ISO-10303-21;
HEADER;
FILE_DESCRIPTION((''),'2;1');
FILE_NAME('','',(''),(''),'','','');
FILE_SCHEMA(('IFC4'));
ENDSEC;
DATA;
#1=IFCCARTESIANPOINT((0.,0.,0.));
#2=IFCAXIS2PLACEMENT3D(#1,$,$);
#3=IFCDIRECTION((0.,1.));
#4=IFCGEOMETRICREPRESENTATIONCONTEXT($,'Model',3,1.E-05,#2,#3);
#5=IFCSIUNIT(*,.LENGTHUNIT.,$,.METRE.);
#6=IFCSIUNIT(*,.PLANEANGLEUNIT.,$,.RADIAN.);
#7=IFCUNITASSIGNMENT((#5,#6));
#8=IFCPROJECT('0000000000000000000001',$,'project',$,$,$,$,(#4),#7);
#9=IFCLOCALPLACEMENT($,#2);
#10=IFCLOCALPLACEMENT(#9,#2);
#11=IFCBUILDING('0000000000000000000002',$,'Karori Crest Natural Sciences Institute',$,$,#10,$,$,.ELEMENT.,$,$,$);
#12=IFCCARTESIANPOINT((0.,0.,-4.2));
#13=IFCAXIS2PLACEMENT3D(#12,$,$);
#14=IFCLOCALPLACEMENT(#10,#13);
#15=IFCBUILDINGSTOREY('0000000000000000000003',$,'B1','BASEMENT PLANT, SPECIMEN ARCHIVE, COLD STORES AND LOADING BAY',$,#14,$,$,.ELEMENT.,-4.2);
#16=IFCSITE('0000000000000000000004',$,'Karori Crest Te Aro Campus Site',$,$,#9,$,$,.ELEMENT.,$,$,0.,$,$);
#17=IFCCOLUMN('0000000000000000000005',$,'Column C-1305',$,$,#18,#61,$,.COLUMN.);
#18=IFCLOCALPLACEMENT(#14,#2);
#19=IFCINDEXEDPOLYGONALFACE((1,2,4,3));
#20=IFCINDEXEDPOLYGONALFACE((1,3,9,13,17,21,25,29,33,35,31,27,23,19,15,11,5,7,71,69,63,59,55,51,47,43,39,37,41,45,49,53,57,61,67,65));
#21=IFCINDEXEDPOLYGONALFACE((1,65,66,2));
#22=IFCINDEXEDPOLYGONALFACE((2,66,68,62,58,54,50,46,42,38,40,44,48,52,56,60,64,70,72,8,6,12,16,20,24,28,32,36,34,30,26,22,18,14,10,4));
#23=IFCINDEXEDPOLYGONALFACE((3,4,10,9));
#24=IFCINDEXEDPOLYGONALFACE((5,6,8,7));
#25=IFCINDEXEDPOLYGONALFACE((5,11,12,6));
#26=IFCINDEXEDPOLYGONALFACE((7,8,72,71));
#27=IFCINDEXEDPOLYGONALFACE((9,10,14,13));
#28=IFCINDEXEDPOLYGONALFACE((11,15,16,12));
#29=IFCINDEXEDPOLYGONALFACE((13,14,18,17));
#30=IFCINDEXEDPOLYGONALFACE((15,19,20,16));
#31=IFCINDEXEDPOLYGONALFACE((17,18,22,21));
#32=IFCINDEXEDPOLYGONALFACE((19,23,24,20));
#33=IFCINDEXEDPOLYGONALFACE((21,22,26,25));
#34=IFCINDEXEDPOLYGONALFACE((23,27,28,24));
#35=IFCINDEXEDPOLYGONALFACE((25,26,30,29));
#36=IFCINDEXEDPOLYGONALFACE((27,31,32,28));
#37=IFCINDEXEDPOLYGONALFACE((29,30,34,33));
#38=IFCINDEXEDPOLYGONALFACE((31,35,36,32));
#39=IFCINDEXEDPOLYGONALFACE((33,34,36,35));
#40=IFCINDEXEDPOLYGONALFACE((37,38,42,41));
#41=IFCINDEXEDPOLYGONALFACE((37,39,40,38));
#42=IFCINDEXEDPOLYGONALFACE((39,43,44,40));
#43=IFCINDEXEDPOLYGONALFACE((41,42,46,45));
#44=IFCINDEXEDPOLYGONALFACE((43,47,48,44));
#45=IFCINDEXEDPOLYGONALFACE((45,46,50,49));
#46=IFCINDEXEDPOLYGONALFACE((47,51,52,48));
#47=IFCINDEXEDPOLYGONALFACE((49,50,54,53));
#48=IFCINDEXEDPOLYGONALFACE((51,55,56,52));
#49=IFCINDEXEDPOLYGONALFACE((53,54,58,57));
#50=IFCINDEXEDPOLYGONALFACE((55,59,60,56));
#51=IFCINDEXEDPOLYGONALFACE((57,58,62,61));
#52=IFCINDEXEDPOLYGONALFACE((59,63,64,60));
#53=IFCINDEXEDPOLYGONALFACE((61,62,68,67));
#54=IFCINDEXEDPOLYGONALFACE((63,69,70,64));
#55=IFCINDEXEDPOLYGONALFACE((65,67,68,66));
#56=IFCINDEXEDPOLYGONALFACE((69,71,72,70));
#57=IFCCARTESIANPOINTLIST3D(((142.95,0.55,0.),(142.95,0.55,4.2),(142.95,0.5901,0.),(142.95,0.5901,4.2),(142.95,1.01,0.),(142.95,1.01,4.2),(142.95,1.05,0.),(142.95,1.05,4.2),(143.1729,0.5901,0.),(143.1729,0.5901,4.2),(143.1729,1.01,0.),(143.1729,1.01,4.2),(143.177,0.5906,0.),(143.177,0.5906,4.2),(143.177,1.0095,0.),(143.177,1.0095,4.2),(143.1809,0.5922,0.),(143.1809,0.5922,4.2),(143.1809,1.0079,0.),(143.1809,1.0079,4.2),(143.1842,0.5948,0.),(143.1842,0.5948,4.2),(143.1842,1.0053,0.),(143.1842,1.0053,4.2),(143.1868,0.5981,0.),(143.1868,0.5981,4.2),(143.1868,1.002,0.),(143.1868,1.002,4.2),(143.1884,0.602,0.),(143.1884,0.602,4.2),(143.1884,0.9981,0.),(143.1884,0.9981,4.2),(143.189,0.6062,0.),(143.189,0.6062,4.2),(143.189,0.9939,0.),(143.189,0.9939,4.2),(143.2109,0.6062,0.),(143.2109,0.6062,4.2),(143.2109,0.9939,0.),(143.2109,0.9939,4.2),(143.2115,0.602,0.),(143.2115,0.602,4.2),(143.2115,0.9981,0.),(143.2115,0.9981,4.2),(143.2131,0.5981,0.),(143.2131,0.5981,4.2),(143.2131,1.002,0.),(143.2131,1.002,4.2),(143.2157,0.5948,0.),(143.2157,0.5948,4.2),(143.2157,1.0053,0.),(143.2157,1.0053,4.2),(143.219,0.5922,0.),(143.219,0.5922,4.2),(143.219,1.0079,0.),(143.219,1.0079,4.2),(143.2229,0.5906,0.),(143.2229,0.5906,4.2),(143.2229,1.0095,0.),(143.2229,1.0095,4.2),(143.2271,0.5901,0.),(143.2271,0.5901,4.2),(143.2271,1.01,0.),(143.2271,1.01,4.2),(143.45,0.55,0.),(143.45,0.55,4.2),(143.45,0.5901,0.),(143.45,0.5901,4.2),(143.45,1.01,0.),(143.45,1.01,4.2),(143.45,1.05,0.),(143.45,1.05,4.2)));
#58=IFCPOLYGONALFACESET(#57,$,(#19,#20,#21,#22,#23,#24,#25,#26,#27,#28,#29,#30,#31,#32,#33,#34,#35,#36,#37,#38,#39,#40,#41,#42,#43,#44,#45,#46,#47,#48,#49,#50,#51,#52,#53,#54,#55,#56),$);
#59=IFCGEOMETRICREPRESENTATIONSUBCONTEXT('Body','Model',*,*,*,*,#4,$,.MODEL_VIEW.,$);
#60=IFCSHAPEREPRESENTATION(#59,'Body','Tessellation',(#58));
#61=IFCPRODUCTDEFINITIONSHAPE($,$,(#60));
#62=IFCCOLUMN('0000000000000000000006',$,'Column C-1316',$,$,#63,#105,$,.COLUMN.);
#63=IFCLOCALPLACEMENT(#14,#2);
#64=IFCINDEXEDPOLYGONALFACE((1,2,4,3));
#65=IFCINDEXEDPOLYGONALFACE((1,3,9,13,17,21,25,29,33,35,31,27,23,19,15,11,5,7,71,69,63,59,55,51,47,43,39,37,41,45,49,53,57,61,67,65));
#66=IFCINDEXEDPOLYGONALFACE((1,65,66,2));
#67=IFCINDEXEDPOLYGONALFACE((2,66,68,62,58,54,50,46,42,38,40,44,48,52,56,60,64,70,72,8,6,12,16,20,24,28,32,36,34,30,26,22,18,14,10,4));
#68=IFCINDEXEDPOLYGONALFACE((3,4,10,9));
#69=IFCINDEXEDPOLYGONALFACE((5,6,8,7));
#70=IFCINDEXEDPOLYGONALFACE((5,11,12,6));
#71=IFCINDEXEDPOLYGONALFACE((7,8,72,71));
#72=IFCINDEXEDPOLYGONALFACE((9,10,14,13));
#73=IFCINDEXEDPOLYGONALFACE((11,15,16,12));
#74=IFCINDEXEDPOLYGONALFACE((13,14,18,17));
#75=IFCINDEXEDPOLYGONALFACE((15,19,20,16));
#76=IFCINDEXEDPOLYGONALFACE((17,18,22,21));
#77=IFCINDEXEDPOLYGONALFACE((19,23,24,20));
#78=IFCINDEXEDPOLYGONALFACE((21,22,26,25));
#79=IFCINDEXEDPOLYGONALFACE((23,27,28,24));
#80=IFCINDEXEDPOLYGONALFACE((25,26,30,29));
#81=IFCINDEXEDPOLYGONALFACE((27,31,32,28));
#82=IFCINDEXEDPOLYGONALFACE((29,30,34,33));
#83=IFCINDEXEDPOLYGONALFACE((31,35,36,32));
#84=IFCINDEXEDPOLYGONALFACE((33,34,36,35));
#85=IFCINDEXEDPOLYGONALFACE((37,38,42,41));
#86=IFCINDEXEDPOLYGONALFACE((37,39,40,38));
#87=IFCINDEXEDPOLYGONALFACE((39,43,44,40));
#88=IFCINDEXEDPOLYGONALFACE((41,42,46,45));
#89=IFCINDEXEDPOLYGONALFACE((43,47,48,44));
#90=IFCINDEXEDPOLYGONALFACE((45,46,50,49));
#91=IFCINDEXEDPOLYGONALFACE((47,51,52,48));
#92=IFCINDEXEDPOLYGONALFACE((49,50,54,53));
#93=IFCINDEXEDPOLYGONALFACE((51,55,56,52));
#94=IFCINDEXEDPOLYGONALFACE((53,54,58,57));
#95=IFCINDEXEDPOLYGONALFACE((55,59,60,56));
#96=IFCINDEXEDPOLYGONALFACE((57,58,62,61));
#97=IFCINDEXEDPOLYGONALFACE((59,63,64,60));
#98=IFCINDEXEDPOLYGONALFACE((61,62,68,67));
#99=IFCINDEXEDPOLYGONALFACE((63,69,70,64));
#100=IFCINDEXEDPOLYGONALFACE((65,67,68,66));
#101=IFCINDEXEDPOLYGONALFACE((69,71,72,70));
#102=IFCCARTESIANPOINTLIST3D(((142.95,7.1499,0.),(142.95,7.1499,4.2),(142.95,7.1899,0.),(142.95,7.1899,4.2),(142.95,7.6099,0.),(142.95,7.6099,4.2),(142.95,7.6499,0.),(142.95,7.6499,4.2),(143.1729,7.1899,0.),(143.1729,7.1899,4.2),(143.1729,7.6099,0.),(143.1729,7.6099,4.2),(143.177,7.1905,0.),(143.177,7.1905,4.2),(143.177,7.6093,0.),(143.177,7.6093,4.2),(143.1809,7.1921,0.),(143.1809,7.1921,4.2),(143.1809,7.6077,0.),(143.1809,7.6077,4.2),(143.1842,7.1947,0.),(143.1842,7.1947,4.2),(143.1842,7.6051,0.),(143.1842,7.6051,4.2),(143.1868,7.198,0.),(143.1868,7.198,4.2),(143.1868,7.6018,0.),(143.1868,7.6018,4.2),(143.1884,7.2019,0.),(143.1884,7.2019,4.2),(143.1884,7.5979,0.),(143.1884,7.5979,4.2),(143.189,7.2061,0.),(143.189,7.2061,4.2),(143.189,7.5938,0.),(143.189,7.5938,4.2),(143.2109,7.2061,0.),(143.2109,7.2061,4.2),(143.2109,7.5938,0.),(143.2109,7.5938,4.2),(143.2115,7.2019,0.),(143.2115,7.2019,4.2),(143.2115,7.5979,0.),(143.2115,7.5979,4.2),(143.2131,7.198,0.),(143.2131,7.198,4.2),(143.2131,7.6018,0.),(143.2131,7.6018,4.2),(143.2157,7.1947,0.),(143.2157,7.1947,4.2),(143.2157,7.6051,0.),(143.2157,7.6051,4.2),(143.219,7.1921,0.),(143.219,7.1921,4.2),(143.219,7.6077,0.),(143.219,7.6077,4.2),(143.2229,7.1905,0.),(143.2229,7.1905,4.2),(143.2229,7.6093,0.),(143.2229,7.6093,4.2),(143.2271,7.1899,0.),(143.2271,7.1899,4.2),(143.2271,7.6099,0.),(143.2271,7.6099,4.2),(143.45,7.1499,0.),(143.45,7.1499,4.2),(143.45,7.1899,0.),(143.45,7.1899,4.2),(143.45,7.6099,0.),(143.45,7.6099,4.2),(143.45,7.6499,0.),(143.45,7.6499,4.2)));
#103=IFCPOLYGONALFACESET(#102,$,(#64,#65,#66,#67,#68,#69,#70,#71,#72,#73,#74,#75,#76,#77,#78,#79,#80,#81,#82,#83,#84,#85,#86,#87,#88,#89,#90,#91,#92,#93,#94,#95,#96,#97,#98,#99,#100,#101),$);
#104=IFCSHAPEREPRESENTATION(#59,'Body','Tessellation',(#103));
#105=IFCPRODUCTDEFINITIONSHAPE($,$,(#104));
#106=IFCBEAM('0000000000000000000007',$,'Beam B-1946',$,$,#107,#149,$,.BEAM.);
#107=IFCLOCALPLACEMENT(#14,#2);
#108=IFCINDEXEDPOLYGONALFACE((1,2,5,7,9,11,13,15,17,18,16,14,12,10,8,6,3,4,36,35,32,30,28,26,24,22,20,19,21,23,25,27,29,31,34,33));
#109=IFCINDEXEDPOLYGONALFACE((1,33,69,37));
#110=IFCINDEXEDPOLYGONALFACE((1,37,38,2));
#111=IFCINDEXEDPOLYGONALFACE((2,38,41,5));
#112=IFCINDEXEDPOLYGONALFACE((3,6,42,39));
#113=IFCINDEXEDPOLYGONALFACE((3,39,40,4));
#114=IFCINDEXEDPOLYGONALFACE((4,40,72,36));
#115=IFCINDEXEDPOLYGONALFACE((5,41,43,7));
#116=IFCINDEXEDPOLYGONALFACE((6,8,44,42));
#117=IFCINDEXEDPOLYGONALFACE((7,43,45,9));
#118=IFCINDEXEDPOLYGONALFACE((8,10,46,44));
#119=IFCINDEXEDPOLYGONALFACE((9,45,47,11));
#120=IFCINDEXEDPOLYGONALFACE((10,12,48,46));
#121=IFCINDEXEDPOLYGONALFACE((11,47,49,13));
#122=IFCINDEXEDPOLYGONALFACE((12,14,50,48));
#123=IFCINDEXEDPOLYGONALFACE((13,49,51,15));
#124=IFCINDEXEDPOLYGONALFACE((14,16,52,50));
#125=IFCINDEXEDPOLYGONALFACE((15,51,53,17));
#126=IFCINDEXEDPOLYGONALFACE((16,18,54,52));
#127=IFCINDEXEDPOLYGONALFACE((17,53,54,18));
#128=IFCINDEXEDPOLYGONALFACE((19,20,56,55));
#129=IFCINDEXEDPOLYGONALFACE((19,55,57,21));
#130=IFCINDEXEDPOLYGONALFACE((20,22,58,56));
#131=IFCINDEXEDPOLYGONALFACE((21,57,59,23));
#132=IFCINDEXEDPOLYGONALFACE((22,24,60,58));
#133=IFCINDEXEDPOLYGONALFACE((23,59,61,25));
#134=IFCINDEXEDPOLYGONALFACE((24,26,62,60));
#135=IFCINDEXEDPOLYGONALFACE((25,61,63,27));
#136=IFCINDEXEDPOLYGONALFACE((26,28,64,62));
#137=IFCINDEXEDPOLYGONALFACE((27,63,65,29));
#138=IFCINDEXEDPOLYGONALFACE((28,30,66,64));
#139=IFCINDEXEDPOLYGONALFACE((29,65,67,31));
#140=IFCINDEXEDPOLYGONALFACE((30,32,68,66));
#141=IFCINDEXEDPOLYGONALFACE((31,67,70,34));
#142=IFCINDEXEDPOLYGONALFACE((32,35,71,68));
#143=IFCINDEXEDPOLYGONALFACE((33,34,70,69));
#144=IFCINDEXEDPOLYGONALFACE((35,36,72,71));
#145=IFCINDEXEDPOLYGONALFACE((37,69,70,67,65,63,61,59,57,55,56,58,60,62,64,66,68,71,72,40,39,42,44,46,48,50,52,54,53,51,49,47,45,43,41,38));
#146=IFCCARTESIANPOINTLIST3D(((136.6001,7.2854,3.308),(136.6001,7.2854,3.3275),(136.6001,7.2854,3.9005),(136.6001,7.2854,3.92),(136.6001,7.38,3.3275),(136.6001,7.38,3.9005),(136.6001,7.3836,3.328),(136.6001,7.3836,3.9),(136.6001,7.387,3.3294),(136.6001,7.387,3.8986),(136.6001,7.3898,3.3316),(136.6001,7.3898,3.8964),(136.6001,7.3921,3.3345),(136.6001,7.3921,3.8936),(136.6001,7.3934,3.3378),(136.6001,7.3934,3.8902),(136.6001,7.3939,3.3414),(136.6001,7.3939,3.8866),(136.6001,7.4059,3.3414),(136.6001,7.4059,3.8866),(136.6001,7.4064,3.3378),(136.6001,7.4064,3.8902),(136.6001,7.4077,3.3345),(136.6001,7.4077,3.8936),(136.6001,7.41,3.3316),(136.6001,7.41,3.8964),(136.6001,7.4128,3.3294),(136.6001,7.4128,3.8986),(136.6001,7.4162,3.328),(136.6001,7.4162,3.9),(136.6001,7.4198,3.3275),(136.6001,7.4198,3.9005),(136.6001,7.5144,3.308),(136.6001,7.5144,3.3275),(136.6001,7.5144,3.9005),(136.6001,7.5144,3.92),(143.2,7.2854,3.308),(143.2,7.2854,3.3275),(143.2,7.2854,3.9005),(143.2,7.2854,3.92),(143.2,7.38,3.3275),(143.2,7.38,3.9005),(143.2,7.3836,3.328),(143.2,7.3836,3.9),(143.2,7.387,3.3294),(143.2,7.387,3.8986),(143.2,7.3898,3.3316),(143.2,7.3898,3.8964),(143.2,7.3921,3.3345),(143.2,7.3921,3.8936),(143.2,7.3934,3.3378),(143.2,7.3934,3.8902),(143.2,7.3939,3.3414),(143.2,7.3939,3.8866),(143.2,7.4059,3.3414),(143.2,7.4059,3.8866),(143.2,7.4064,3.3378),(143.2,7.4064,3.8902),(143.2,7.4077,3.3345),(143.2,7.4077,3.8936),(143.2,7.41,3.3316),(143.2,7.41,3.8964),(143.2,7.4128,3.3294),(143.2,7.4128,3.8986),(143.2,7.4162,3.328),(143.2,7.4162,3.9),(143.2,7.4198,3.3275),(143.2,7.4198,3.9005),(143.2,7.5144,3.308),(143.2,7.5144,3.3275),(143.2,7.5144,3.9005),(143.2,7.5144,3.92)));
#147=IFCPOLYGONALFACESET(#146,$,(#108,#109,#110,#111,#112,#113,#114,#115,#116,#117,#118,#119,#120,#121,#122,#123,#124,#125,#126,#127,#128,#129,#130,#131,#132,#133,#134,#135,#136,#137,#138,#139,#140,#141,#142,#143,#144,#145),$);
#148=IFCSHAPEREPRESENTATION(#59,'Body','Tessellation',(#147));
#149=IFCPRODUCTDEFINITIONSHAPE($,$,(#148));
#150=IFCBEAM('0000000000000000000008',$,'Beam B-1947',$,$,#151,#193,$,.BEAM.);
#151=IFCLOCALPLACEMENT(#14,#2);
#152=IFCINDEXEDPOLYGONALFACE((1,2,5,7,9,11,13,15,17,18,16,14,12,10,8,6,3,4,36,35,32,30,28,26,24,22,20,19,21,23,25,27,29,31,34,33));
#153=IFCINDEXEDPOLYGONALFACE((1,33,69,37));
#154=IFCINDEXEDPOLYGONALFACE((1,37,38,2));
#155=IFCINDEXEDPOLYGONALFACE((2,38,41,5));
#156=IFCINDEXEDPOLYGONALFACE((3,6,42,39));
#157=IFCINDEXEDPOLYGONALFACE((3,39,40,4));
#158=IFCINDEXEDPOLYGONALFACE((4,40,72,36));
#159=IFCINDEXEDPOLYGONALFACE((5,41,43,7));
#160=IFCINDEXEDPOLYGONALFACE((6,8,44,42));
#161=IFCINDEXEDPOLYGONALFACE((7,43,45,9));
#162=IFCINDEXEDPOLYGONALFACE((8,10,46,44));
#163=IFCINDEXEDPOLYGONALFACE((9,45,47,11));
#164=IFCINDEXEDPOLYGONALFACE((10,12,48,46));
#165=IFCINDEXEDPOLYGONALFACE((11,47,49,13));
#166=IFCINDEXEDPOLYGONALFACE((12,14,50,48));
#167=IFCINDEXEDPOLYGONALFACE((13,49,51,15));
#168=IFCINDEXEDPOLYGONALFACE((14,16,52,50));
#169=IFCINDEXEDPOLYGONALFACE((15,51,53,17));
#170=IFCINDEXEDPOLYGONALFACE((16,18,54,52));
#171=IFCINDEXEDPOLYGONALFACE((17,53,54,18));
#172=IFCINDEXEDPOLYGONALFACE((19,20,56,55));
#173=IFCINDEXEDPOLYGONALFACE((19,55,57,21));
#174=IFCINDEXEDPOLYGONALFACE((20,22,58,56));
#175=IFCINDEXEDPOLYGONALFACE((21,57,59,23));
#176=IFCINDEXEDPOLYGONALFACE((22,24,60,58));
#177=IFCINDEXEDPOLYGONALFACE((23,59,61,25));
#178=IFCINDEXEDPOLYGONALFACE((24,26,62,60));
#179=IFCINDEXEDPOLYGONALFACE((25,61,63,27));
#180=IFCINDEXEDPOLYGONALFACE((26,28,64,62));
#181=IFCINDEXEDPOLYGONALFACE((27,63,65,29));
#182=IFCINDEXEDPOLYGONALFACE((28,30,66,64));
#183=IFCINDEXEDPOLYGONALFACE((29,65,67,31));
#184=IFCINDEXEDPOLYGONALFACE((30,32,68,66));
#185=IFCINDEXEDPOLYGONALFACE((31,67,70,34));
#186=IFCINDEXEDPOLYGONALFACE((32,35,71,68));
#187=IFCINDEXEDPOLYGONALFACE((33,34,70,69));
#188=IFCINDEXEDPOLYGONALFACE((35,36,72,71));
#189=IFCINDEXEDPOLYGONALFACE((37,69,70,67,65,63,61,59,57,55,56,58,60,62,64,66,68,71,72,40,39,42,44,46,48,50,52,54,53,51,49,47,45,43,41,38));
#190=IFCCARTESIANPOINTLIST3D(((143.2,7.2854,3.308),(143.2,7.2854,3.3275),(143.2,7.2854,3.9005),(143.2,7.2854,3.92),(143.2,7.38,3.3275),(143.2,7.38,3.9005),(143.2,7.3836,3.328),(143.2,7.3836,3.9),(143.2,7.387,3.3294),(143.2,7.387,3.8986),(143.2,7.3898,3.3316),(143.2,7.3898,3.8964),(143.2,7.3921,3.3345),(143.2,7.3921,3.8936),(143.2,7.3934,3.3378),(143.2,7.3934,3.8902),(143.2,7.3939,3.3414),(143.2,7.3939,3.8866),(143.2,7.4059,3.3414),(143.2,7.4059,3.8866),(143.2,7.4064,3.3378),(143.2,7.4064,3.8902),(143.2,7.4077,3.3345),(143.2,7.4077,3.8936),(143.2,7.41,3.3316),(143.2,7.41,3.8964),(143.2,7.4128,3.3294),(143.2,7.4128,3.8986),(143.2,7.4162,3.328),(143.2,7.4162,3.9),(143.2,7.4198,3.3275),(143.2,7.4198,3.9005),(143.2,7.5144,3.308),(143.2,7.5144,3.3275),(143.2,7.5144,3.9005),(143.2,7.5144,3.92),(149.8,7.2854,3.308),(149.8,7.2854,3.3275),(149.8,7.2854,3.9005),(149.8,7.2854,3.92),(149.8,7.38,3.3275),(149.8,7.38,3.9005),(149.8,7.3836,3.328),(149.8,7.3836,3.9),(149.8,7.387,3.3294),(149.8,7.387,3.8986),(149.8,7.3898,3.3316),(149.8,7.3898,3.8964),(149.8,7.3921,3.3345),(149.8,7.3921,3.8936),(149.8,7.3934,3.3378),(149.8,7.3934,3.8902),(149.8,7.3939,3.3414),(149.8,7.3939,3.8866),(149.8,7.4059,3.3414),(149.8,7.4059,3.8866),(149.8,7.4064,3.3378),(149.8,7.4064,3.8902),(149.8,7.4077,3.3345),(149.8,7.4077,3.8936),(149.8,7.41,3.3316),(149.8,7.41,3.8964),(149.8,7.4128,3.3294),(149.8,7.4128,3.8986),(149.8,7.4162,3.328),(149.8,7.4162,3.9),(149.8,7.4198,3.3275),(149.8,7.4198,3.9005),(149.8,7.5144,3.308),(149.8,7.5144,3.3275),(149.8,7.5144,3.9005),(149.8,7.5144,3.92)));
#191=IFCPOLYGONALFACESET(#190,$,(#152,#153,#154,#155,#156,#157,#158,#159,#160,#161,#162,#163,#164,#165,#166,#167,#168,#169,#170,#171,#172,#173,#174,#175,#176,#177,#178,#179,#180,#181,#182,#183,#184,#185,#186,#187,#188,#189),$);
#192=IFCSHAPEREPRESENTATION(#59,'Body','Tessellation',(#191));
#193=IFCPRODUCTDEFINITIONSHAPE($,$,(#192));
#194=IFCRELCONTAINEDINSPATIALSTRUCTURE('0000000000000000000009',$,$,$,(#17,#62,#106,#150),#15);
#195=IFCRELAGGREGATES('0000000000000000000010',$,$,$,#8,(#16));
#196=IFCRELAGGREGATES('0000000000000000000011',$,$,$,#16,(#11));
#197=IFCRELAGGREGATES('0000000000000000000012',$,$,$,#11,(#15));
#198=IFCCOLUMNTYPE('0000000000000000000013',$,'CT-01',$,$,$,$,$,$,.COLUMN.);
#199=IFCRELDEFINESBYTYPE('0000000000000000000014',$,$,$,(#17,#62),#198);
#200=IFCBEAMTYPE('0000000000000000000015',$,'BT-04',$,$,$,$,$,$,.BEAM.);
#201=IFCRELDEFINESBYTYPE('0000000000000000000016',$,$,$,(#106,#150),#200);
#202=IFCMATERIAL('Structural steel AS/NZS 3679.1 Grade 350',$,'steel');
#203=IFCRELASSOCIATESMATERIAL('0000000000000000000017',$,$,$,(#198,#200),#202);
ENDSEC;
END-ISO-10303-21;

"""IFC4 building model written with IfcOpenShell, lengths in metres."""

from ifc_helpers import new_model, si_unit, direction, frame, origin, origin_2d, place, context, subcontext, project, spatial, i_section, extrude, material, material_profile, profile_set, type_object, element, save


model = new_model("IFC4")

# Units and contexts
model_context = context("Model", 3, precision=1e-05, world=origin(), true_north=direction((0.0, 1.0)))
body_context = subcontext(model_context, "Body", "Model", "MODEL_VIEW")
ifc_project = project(units=[si_unit("LENGTHUNIT", "METRE"), si_unit("PLANEANGLEUNIT", "RADIAN")], contexts=[model_context])

# Site, building, storey
site_placement = place(None, origin())
site = spatial("IfcSite", under=ifc_project, at=site_placement, Name="Karori Crest Te Aro Campus Site", CompositionType="ELEMENT", RefElevation=0.0)
building_placement = place(site_placement, origin())
building = spatial("IfcBuilding", under=site, at=building_placement, Name="Karori Crest Natural Sciences Institute", CompositionType="ELEMENT")
storey_placement = place(building_placement, frame((0.0, 0.0, -4.2)))
storey = spatial("IfcBuildingStorey", under=building, at=storey_placement, Name="B1", Description="BASEMENT PLANT, SPECIMEN ARCHIVE, COLD STORES AND LOADING BAY", CompositionType="ELEMENT", Elevation=-4.2)

# Columns
ifc_material_1 = material(Name="Structural steel AS/NZS 3679.1 Grade 350", Category="steel")
ifc_material_profile_1 = material_profile(ifc_material_1, i_section(OverallWidth=0.5, OverallDepth=0.5, WebThickness=0.022, FlangeThickness=0.04, FilletRadius=0.0161, at=origin_2d()), Name="500WC440")
ifc_profile_set_1 = profile_set([ifc_material_profile_1], Name="Structural steel AS/NZS 3679.1 Grade 350")
column_type = type_object("IfcColumnType", Name="CT-01", PredefinedType="COLUMN", material=ifc_profile_set_1)
for number, where, z_axis, x_axis, name in (
    (1, (143.2, 0.8, 0.0), (0.0, 0.0, 1.0), (1.0, 0.0, 0.0), "Column C-1305"),
    (2, (143.2, 7.3999, 0.0), (0.0, 0.0, 1.0), (1.0, 0.0, 0.0), "Column C-1316"),
):
    element("IfcColumn", number, at=place(storey_placement, frame(where, z_axis=z_axis, x_axis=x_axis)), inside=storey, type_object=column_type, Name=name, PredefinedType="COLUMN", context=body_context, shape_type="SweptSolid", body=[
        extrude(i_section(OverallWidth=0.5, OverallDepth=0.5, WebThickness=0.022, FlangeThickness=0.04, FilletRadius=0.0161, at=origin_2d()), origin(), (0.0, 0.0, 1.0), 4.2),
    ])

# Beams
ifc_material_profile_2 = material_profile(ifc_material_1, i_section(OverallWidth=0.229, OverallDepth=0.6121, WebThickness=0.012, FlangeThickness=0.0195, FilletRadius=0.0139, at=origin_2d()), Name="610UB125")
ifc_profile_set_2 = profile_set([ifc_material_profile_2], Name="Structural steel AS/NZS 3679.1 Grade 350")
beam_type_1 = type_object("IfcBeamType", Name="BT-04", PredefinedType="BEAM", material=ifc_profile_set_2)
beam_1_placement = place(storey_placement, frame((136.6001, 7.3999, 3.614), z_axis=(1.0, 0.0, 0.0), x_axis=(0.0, 1.0, 0.0)))
element("IfcBeam", 3, at=beam_1_placement, inside=storey, type_object=beam_type_1, Name="Beam B-1946", PredefinedType="BEAM", context=body_context, shape_type="SweptSolid", body=[
    extrude(i_section(OverallWidth=0.229, OverallDepth=0.6121, WebThickness=0.012, FlangeThickness=0.0195, FilletRadius=0.0139, at=origin_2d()), origin(), (0.0, 0.0, 1.0), 6.5999),
])
beam_2_placement = place(storey_placement, frame((143.2, 7.3999, 3.614), z_axis=(1.0, 0.0, 0.0), x_axis=(0.0, 1.0, 0.0)))
element("IfcBeam", 4, at=beam_2_placement, inside=storey, type_object=beam_type_1, Name="Beam B-1947", PredefinedType="BEAM", context=body_context, shape_type="SweptSolid", body=[
    extrude(i_section(OverallWidth=0.229, OverallDepth=0.6121, WebThickness=0.012, FlangeThickness=0.0195, FilletRadius=0.0139, at=origin_2d()), origin(), (0.0, 0.0, 1.0), 6.6001),
])

save(model, "model.ifc")
